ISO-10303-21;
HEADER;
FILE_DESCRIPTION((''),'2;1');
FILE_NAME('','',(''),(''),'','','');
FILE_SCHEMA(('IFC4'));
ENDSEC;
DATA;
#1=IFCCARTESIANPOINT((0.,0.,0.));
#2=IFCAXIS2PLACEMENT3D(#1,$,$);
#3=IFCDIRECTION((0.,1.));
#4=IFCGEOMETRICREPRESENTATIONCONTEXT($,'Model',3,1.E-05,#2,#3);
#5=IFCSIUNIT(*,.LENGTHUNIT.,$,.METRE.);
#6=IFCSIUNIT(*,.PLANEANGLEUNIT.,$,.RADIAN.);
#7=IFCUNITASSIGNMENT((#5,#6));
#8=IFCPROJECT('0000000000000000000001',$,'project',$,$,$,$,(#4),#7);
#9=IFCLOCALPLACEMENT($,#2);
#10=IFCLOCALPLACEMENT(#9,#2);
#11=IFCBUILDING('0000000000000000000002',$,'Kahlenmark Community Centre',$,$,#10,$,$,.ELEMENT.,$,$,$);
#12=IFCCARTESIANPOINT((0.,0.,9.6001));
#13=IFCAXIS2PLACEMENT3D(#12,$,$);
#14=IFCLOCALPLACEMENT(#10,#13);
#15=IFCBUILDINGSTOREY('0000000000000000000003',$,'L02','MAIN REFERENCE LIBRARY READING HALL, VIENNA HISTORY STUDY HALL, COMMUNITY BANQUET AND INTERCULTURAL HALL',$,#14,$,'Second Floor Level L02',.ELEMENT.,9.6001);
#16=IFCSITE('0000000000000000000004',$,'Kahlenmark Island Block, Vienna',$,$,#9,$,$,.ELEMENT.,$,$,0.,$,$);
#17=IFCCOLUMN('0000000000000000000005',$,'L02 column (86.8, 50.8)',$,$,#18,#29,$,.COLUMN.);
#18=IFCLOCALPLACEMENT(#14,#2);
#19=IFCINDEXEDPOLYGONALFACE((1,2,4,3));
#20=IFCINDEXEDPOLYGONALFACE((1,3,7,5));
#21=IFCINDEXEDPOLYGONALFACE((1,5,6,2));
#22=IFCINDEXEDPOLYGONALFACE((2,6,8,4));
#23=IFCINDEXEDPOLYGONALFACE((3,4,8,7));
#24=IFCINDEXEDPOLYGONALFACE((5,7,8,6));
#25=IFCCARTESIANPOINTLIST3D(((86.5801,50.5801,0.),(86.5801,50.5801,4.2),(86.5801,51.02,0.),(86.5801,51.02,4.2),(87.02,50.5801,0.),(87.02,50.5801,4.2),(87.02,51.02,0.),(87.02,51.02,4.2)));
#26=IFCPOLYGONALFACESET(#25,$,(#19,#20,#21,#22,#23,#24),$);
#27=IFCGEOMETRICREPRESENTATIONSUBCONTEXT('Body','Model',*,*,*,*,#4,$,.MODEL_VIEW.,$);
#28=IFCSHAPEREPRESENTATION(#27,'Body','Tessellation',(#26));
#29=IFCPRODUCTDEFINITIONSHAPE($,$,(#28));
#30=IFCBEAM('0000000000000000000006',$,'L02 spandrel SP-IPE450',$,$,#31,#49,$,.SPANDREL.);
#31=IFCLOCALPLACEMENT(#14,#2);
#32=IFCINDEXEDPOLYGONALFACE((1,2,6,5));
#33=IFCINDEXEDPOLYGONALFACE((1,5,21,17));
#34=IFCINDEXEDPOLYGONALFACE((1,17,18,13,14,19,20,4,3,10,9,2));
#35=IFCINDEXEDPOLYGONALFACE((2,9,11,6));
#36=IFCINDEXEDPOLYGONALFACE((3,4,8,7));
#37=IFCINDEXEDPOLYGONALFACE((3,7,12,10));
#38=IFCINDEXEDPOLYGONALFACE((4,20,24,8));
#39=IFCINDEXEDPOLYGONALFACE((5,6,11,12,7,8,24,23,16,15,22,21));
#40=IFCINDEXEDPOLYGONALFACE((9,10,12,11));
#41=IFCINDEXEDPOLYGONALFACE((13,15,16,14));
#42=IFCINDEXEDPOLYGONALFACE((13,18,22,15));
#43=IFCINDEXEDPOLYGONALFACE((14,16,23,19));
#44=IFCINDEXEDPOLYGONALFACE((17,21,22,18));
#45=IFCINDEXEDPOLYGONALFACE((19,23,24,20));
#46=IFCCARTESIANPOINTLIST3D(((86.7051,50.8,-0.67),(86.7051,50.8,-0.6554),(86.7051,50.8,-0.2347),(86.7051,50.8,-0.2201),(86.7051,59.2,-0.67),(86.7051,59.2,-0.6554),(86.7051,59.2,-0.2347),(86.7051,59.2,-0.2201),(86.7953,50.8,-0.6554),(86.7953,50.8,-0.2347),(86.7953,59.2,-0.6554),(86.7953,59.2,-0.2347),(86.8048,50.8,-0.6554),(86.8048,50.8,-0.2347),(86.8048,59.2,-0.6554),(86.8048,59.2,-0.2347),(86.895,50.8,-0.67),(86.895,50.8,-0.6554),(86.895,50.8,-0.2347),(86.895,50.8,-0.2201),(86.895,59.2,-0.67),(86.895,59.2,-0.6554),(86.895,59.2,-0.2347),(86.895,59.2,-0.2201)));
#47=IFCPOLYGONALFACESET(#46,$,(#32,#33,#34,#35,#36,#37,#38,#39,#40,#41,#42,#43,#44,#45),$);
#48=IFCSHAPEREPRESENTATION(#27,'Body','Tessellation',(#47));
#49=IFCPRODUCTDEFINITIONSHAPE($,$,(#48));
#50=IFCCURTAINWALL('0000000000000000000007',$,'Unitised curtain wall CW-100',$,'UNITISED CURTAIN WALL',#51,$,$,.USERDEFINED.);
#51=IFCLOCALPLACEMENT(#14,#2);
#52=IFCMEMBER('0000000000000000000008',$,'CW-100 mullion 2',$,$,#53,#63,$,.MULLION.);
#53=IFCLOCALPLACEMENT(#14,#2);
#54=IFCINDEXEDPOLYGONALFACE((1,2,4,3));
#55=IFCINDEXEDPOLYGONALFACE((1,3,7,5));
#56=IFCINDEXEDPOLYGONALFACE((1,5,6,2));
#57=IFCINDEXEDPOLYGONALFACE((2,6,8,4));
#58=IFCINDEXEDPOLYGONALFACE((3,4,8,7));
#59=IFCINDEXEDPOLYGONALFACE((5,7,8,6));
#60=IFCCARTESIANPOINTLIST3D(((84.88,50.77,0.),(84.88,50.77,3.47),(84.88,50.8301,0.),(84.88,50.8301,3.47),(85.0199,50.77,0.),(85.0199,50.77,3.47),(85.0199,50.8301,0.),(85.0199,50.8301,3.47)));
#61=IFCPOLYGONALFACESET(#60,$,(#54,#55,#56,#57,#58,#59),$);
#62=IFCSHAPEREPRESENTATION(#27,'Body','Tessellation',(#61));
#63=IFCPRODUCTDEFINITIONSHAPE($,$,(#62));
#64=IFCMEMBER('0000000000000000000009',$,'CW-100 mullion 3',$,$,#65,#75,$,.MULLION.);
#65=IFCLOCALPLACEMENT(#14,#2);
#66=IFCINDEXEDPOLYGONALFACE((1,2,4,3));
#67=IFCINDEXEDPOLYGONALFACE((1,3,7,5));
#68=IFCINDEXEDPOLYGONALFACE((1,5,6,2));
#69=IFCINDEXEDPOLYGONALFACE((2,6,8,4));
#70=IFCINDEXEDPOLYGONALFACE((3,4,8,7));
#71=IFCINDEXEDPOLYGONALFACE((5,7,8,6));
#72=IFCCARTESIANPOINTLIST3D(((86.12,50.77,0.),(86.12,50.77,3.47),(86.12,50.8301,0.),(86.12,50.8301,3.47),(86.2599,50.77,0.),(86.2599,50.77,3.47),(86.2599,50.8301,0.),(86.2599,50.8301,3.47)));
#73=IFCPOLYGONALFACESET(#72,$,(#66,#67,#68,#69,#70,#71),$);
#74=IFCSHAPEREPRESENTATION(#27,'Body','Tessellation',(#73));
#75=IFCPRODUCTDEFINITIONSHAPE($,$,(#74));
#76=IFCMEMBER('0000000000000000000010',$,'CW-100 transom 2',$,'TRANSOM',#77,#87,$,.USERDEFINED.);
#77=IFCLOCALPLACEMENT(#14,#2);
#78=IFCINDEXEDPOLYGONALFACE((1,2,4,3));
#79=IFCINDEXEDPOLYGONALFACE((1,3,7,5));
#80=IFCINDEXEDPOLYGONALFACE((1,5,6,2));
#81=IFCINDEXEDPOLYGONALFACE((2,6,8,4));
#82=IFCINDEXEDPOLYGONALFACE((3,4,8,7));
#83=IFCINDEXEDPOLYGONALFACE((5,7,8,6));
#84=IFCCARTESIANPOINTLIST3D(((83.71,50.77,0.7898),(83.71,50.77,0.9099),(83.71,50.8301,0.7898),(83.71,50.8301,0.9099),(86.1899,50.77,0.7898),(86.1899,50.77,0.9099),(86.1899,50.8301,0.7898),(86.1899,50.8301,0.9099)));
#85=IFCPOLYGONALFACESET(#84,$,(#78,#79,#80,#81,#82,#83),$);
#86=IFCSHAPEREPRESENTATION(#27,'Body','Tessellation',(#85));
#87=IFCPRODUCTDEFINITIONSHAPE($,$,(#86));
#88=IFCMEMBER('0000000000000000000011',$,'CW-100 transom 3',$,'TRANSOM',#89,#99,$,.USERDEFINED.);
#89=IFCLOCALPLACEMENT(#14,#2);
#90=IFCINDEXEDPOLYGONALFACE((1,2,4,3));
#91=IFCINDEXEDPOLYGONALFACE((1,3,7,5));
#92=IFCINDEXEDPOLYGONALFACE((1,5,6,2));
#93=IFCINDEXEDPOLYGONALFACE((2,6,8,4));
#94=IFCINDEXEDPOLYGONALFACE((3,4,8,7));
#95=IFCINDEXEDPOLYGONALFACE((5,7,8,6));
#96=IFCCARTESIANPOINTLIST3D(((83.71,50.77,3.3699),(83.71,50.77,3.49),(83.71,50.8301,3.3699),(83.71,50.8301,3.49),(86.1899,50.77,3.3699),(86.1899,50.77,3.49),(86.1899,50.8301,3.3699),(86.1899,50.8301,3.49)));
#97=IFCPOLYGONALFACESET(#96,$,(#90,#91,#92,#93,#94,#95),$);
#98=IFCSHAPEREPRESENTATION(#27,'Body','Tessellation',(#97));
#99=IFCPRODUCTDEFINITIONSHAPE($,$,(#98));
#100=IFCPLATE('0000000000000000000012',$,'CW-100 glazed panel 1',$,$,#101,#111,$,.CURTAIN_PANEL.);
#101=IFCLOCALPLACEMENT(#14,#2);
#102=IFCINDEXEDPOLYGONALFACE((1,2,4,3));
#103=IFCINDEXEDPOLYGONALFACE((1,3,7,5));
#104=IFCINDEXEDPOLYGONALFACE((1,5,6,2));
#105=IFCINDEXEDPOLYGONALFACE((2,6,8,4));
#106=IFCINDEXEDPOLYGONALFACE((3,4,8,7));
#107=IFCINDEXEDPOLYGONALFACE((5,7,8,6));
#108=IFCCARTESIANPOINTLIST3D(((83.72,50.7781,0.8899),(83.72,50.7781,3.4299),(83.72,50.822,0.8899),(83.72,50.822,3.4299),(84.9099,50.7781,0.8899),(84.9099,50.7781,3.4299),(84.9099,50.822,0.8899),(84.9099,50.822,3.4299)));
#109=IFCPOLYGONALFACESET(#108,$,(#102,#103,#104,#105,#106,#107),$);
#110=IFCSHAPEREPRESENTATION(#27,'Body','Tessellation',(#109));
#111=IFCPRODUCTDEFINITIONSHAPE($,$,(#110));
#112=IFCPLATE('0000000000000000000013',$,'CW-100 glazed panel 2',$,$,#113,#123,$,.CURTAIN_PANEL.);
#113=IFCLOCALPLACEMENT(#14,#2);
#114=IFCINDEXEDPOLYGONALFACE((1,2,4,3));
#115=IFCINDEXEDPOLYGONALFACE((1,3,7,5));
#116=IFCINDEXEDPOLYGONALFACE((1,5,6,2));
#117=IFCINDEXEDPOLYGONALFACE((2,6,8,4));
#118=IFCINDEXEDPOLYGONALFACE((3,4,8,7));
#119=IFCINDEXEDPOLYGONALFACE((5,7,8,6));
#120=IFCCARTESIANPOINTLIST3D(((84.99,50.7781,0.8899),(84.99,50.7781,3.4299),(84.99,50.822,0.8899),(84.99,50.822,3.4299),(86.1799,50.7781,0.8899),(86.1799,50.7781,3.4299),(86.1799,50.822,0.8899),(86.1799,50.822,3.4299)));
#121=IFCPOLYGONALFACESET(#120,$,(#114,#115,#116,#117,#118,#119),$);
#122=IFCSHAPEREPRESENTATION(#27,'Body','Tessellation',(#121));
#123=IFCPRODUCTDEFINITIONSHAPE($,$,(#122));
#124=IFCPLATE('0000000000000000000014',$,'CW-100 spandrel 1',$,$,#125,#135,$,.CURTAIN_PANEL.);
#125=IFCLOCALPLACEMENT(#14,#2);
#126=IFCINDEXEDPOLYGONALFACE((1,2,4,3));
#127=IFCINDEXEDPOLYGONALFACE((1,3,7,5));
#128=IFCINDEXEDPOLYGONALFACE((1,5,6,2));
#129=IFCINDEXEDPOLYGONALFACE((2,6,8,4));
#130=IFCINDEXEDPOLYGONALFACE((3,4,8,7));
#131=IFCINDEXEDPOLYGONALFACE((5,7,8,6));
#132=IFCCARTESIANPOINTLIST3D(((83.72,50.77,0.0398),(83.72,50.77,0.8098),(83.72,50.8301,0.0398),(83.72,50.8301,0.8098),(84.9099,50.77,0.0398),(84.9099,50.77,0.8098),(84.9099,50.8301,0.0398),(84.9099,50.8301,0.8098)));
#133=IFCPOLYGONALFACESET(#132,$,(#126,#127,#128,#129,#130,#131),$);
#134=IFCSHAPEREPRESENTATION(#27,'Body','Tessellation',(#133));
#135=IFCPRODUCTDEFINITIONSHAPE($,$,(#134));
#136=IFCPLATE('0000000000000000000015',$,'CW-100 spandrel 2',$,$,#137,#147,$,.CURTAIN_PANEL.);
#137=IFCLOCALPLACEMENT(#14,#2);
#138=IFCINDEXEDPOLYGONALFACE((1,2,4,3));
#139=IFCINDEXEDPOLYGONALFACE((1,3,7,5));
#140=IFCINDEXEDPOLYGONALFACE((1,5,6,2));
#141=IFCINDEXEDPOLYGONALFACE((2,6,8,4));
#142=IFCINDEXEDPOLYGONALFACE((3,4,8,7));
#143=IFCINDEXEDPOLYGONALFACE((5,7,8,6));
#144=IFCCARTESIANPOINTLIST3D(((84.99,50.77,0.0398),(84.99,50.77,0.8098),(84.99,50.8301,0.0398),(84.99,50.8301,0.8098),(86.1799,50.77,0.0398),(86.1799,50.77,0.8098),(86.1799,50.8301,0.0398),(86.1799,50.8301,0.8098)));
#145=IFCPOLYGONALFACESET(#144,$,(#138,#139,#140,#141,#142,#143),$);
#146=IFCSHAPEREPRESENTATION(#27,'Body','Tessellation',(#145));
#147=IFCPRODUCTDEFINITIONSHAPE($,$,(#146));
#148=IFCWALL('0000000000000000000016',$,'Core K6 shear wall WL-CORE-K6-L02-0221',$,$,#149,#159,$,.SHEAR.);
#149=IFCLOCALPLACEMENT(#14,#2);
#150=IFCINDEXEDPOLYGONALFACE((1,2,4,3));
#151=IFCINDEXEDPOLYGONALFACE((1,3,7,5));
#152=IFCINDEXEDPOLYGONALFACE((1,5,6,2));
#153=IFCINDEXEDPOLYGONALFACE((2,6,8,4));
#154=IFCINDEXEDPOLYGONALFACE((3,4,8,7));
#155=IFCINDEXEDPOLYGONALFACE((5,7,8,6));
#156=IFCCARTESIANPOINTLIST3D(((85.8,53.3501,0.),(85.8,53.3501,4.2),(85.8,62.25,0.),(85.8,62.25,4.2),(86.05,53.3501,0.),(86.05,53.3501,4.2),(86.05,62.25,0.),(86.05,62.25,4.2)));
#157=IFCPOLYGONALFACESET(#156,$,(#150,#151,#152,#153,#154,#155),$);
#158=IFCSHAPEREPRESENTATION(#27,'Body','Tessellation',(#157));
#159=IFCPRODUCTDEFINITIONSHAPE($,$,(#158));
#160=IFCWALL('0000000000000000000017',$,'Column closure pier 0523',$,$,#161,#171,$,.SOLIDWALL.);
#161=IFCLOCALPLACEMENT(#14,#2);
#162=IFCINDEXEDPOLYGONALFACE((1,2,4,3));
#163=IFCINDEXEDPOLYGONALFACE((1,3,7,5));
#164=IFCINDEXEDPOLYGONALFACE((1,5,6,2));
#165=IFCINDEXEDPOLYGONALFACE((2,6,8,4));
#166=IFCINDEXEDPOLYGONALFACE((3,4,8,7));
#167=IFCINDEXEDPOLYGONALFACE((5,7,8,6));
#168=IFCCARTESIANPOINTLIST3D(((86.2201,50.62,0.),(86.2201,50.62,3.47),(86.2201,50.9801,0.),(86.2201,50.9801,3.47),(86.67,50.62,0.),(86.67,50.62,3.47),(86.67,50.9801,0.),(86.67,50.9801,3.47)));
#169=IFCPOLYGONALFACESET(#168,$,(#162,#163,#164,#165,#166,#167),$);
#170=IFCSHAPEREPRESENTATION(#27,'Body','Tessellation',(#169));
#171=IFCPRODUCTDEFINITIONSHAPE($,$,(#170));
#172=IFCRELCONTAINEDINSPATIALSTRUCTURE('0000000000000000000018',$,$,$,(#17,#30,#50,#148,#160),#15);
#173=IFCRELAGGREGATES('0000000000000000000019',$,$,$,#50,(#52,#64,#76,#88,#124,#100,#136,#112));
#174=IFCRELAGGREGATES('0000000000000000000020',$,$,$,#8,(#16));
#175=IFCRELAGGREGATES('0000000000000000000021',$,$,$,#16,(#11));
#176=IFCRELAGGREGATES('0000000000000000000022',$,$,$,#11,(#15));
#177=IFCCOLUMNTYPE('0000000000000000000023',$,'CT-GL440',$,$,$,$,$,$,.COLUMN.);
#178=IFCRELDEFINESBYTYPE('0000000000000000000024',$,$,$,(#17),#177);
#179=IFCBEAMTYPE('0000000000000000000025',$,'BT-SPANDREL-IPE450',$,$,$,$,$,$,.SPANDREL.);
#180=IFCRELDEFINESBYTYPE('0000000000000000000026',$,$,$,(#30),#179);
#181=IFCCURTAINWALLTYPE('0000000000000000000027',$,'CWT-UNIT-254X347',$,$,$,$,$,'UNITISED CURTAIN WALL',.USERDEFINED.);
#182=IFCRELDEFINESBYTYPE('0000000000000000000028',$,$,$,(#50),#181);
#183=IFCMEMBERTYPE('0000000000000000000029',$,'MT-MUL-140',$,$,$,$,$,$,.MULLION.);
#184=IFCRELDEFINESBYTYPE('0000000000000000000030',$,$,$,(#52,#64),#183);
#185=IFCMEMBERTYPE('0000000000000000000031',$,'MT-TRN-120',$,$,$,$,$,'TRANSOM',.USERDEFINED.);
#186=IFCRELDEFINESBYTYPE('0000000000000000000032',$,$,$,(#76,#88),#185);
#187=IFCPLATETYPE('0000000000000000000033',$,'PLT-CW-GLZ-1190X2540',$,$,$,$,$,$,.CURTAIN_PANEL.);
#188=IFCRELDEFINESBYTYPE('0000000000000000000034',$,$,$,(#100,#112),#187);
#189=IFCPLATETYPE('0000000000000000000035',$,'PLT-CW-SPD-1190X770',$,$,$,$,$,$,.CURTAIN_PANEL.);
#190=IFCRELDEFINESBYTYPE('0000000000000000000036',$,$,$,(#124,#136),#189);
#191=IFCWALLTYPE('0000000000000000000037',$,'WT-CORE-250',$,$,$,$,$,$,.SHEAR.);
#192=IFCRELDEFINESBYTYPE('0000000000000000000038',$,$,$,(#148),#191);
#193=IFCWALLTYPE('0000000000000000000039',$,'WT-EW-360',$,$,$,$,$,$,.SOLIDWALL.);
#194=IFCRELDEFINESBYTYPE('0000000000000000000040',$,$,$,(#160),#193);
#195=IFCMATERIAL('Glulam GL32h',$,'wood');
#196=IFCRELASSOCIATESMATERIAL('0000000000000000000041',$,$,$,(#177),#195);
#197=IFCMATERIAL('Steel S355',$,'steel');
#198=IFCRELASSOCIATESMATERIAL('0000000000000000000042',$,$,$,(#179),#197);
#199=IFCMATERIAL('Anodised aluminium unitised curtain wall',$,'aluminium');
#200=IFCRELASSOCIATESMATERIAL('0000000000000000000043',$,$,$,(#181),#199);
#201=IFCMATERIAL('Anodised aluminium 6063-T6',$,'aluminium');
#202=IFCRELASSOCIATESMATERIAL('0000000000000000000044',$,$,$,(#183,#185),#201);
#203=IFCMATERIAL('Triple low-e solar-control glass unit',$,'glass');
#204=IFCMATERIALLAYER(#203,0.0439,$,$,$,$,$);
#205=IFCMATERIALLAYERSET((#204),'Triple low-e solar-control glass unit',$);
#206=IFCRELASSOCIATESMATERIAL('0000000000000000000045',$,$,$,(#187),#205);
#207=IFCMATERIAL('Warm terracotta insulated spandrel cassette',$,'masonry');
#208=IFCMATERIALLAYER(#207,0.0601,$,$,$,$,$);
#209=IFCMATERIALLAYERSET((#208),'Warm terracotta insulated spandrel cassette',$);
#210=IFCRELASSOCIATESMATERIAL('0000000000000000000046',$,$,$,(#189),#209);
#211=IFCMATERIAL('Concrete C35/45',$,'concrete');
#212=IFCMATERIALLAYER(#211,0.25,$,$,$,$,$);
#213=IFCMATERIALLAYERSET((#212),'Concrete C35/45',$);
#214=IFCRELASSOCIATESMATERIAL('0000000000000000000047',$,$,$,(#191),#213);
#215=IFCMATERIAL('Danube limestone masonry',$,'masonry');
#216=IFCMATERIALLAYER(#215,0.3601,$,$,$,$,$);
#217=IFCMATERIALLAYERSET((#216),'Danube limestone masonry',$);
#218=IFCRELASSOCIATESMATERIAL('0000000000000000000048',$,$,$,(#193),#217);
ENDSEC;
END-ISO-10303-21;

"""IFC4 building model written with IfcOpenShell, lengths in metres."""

from ifc_helpers import new_model, si_unit, direction, frame, frame_2d, origin, origin_2d, place, context, subcontext, project, spatial, rectangle, i_section, extrude, material, layer, layer_set, material_profile, profile_set, type_object, element, aggregate, save


model = new_model("IFC4")

# Units and contexts
model_context = context("Model", 3, precision=1e-05, world=origin(), true_north=direction((0.0, 1.0)))
body_context = subcontext(model_context, "Body", "Model", "MODEL_VIEW")
ifc_project = project(units=[si_unit("LENGTHUNIT", "METRE"), si_unit("PLANEANGLEUNIT", "RADIAN")], contexts=[model_context])

# Site, building, storey
site_placement = place(None, origin())
site = spatial("IfcSite", under=ifc_project, at=site_placement, Name="Kahlenmark Island Block, Vienna", CompositionType="ELEMENT", RefElevation=0.0)
building_placement = place(site_placement, origin())
building = spatial("IfcBuilding", under=site, at=building_placement, Name="Kahlenmark Community Centre", CompositionType="ELEMENT")
storey_placement = place(building_placement, frame((0.0, 0.0, 9.6001)))
storey = spatial("IfcBuildingStorey", under=building, at=storey_placement, Name="L02", Description="MAIN REFERENCE LIBRARY READING HALL, VIENNA HISTORY STUDY HALL, COMMUNITY BANQUET AND INTERCULTURAL HALL", LongName="Second Floor Level L02", CompositionType="ELEMENT", Elevation=9.6001)

# Column
ifc_material_1 = material(Name="Glulam GL32h", Category="wood")
ifc_material_profile_1 = material_profile(ifc_material_1, rectangle(XDim=0.4399, YDim=0.4399, at=origin_2d()), Name="GL32h 440x440")
ifc_profile_set_1 = profile_set([ifc_material_profile_1], Name="Glulam GL32h")
column_type = type_object("IfcColumnType", Name="CT-GL440", PredefinedType="COLUMN", material=ifc_profile_set_1)
column_placement = place(storey_placement, frame((86.8, 50.8, 0.0), z_axis=(0.0, 0.0, 1.0), x_axis=(1.0, 0.0, 0.0)))
element("IfcColumn", 1, at=column_placement, inside=storey, type_object=column_type, Name="L02 column (86.8, 50.8)", PredefinedType="COLUMN", context=body_context, shape_type="SweptSolid", body=[
    extrude(rectangle(XDim=0.4399, YDim=0.4399, at=origin_2d()), origin(), (0.0, 0.0, 1.0), 4.2),
])

# Beam
ifc_material_2 = material(Name="Steel S355", Category="steel")
ifc_material_profile_2 = material_profile(ifc_material_2, i_section(OverallWidth=0.1899, OverallDepth=0.45, WebThickness=0.0095, FlangeThickness=0.0146, at=origin_2d()), Name="IPE 450")
ifc_profile_set_2 = profile_set([ifc_material_profile_2], Name="Steel S355")
beam_type = type_object("IfcBeamType", Name="BT-SPANDREL-IPE450", PredefinedType="SPANDREL", material=ifc_profile_set_2)
beam_placement = place(storey_placement, frame((86.8, 50.8, -0.4451), z_axis=(0.0, 1.0, 0.0), x_axis=(-1.0, 0.0, 0.0)))
element("IfcBeam", 2, at=beam_placement, inside=storey, type_object=beam_type, Name="L02 spandrel SP-IPE450", PredefinedType="SPANDREL", context=body_context, shape_type="SweptSolid", body=[
    extrude(i_section(OverallWidth=0.1899, OverallDepth=0.45, WebThickness=0.0095, FlangeThickness=0.0146, at=origin_2d()), origin(), (0.0, 0.0, 1.0), 8.3999),
])

# Curtain wall, members, plates
ifc_material_3 = material(Name="Anodised aluminium unitised curtain wall", Category="aluminium")
curtain_wall_type = type_object("IfcCurtainWallType", Name="CWT-UNIT-254X347", ElementType="UNITISED CURTAIN WALL", PredefinedType="USERDEFINED", material=ifc_material_3)
curtain_wall_placement = place(storey_placement, origin())
curtain_wall = element("IfcCurtainWall", 3, at=curtain_wall_placement, inside=storey, type_object=curtain_wall_type, Name="Unitised curtain wall CW-100", ObjectType="UNITISED CURTAIN WALL", PredefinedType="USERDEFINED")
ifc_material_4 = material(Name="Anodised aluminium 6063-T6", Category="aluminium")
ifc_material_profile_3 = material_profile(ifc_material_4, rectangle(XDim=0.0601, YDim=0.1399, at=origin_2d()), Name="ALU MULLION 60x140")
ifc_profile_set_3 = profile_set([ifc_material_profile_3], Name="Anodised aluminium 6063-T6")
member_type_1 = type_object("IfcMemberType", Name="MT-MUL-140", PredefinedType="MULLION", material=ifc_profile_set_3)
member_1_placement = place(storey_placement, frame((84.95, 50.8, 0.0), z_axis=(0.0, 0.0, 1.0), x_axis=(0.0, 1.0, 0.0)))
member_1 = element("IfcMember", 4, at=member_1_placement, type_object=member_type_1, Name="CW-100 mullion 2", PredefinedType="MULLION", context=body_context, shape_type="SweptSolid", body=[
    extrude(rectangle(XDim=0.0601, YDim=0.1399, at=origin_2d()), origin(), (0.0, 0.0, 1.0), 3.47),
])
member_2_placement = place(storey_placement, frame((86.1899, 50.8, 0.0), z_axis=(0.0, 0.0, 1.0), x_axis=(0.0, 1.0, 0.0)))
member_2 = element("IfcMember", 5, at=member_2_placement, type_object=member_type_1, Name="CW-100 mullion 3", PredefinedType="MULLION", context=body_context, shape_type="SweptSolid", body=[
    extrude(rectangle(XDim=0.0601, YDim=0.1399, at=origin_2d()), origin(), (0.0, 0.0, 1.0), 3.47),
])
ifc_material_profile_4 = material_profile(ifc_material_4, rectangle(XDim=0.0601, YDim=0.1201, at=origin_2d()), Name="ALU TRANSOM 60x120")
ifc_profile_set_4 = profile_set([ifc_material_profile_4], Name="Anodised aluminium 6063-T6")
member_type_2 = type_object("IfcMemberType", Name="MT-TRN-120", ElementType="TRANSOM", PredefinedType="USERDEFINED", material=ifc_profile_set_4)
member_3_placement = place(storey_placement, frame((83.71, 50.8, 0.8499), z_axis=(1.0, 0.0, 0.0), x_axis=(0.0, 1.0, 0.0)))
member_3 = element("IfcMember", 6, at=member_3_placement, type_object=member_type_2, Name="CW-100 transom 2", ObjectType="TRANSOM", PredefinedType="USERDEFINED", context=body_context, shape_type="SweptSolid", body=[
    extrude(rectangle(XDim=0.0601, YDim=0.1201, at=origin_2d()), origin(), (0.0, 0.0, 1.0), 2.48),
])
member_4_placement = place(storey_placement, frame((83.71, 50.8, 3.4299), z_axis=(1.0, 0.0, 0.0), x_axis=(0.0, 1.0, 0.0)))
member_4 = element("IfcMember", 7, at=member_4_placement, type_object=member_type_2, Name="CW-100 transom 3", ObjectType="TRANSOM", PredefinedType="USERDEFINED", context=body_context, shape_type="SweptSolid", body=[
    extrude(rectangle(XDim=0.0601, YDim=0.1201, at=origin_2d()), origin(), (0.0, 0.0, 1.0), 2.48),
])
ifc_material_5 = material(Name="Triple low-e solar-control glass unit", Category="glass")
ifc_layer_1 = layer(ifc_material_5, 0.0439)
ifc_layer_set_1 = layer_set([ifc_layer_1], Name="Triple low-e solar-control glass unit")
plate_type_1 = type_object("IfcPlateType", Name="PLT-CW-GLZ-1190X2540", PredefinedType="CURTAIN_PANEL", material=ifc_layer_set_1)
plate_1_placement = place(storey_placement, frame((84.3149, 50.8, 0.8899), z_axis=(0.0, 0.0, 1.0), x_axis=(1.0, 0.0, 0.0)))
plate_1 = element("IfcPlate", 8, at=plate_1_placement, type_object=plate_type_1, Name="CW-100 glazed panel 1", PredefinedType="CURTAIN_PANEL", context=body_context, shape_type="SweptSolid", body=[
    extrude(rectangle(XDim=1.1899, YDim=0.0439, at=origin_2d()), origin(), (0.0, 0.0, 1.0), 2.54),
])
plate_2_placement = place(storey_placement, frame((85.585, 50.8, 0.8899), z_axis=(0.0, 0.0, 1.0), x_axis=(1.0, 0.0, 0.0)))
plate_2 = element("IfcPlate", 9, at=plate_2_placement, type_object=plate_type_1, Name="CW-100 glazed panel 2", PredefinedType="CURTAIN_PANEL", context=body_context, shape_type="SweptSolid", body=[
    extrude(rectangle(XDim=1.1899, YDim=0.0439, at=origin_2d()), origin(), (0.0, 0.0, 1.0), 2.54),
])
ifc_material_6 = material(Name="Warm terracotta insulated spandrel cassette", Category="masonry")
ifc_layer_2 = layer(ifc_material_6, 0.0601)
ifc_layer_set_2 = layer_set([ifc_layer_2], Name="Warm terracotta insulated spandrel cassette")
plate_type_2 = type_object("IfcPlateType", Name="PLT-CW-SPD-1190X770", PredefinedType="CURTAIN_PANEL", material=ifc_layer_set_2)
plate_3_placement = place(storey_placement, frame((84.3149, 50.8, 0.0398), z_axis=(0.0, 0.0, 1.0), x_axis=(1.0, 0.0, 0.0)))
plate_3 = element("IfcPlate", 10, at=plate_3_placement, type_object=plate_type_2, Name="CW-100 spandrel 1", PredefinedType="CURTAIN_PANEL", context=body_context, shape_type="SweptSolid", body=[
    extrude(rectangle(XDim=1.1899, YDim=0.0601, at=origin_2d()), origin(), (0.0, 0.0, 1.0), 0.77),
])
plate_4_placement = place(storey_placement, frame((85.585, 50.8, 0.0398), z_axis=(0.0, 0.0, 1.0), x_axis=(1.0, 0.0, 0.0)))
plate_4 = element("IfcPlate", 11, at=plate_4_placement, type_object=plate_type_2, Name="CW-100 spandrel 2", PredefinedType="CURTAIN_PANEL", context=body_context, shape_type="SweptSolid", body=[
    extrude(rectangle(XDim=1.1899, YDim=0.0601, at=origin_2d()), origin(), (0.0, 0.0, 1.0), 0.77),
])
aggregate(curtain_wall, [member_1, member_2, member_3, member_4, plate_3, plate_1, plate_4, plate_2])

# Walls
ifc_material_7 = material(Name="Concrete C35/45", Category="concrete")
ifc_layer_3 = layer(ifc_material_7, 0.25)
ifc_layer_set_3 = layer_set([ifc_layer_3], Name="Concrete C35/45")
wall_type_1 = type_object("IfcWallType", Name="WT-CORE-250", PredefinedType="SHEAR", material=ifc_layer_set_3)
wall_1_placement = place(storey_placement, frame((85.925, 53.3501, 0.0), z_axis=(0.0, 0.0, 1.0), x_axis=(0.0, 1.0, 0.0)))
element("IfcWall", 12, at=wall_1_placement, inside=storey, type_object=wall_type_1, Name="Core K6 shear wall WL-CORE-K6-L02-0221", PredefinedType="SHEAR", context=body_context, shape_type="SweptSolid", body=[
    extrude(rectangle(XDim=8.8999, YDim=0.25, at=frame_2d((4.45, 0.0))), origin(), (0.0, 0.0, 1.0), 4.2),
])
ifc_material_8 = material(Name="Danube limestone masonry", Category="masonry")
ifc_layer_4 = layer(ifc_material_8, 0.3601)
ifc_layer_set_4 = layer_set([ifc_layer_4], Name="Danube limestone masonry")
wall_type_2 = type_object("IfcWallType", Name="WT-EW-360", PredefinedType="SOLIDWALL", material=ifc_layer_set_4)
wall_2_placement = place(storey_placement, frame((86.22, 50.8, 0.0), z_axis=(0.0, 0.0, 1.0), x_axis=(1.0, 0.0, 0.0)))
element("IfcWall", 13, at=wall_2_placement, inside=storey, type_object=wall_type_2, Name="Column closure pier 0523", PredefinedType="SOLIDWALL", context=body_context, shape_type="SweptSolid", body=[
    extrude(rectangle(XDim=0.45, YDim=0.3601, at=frame_2d((0.2251, 0.0))), origin(), (0.0, 0.0, 1.0), 3.47),
])

save(model, "model.ifc")
